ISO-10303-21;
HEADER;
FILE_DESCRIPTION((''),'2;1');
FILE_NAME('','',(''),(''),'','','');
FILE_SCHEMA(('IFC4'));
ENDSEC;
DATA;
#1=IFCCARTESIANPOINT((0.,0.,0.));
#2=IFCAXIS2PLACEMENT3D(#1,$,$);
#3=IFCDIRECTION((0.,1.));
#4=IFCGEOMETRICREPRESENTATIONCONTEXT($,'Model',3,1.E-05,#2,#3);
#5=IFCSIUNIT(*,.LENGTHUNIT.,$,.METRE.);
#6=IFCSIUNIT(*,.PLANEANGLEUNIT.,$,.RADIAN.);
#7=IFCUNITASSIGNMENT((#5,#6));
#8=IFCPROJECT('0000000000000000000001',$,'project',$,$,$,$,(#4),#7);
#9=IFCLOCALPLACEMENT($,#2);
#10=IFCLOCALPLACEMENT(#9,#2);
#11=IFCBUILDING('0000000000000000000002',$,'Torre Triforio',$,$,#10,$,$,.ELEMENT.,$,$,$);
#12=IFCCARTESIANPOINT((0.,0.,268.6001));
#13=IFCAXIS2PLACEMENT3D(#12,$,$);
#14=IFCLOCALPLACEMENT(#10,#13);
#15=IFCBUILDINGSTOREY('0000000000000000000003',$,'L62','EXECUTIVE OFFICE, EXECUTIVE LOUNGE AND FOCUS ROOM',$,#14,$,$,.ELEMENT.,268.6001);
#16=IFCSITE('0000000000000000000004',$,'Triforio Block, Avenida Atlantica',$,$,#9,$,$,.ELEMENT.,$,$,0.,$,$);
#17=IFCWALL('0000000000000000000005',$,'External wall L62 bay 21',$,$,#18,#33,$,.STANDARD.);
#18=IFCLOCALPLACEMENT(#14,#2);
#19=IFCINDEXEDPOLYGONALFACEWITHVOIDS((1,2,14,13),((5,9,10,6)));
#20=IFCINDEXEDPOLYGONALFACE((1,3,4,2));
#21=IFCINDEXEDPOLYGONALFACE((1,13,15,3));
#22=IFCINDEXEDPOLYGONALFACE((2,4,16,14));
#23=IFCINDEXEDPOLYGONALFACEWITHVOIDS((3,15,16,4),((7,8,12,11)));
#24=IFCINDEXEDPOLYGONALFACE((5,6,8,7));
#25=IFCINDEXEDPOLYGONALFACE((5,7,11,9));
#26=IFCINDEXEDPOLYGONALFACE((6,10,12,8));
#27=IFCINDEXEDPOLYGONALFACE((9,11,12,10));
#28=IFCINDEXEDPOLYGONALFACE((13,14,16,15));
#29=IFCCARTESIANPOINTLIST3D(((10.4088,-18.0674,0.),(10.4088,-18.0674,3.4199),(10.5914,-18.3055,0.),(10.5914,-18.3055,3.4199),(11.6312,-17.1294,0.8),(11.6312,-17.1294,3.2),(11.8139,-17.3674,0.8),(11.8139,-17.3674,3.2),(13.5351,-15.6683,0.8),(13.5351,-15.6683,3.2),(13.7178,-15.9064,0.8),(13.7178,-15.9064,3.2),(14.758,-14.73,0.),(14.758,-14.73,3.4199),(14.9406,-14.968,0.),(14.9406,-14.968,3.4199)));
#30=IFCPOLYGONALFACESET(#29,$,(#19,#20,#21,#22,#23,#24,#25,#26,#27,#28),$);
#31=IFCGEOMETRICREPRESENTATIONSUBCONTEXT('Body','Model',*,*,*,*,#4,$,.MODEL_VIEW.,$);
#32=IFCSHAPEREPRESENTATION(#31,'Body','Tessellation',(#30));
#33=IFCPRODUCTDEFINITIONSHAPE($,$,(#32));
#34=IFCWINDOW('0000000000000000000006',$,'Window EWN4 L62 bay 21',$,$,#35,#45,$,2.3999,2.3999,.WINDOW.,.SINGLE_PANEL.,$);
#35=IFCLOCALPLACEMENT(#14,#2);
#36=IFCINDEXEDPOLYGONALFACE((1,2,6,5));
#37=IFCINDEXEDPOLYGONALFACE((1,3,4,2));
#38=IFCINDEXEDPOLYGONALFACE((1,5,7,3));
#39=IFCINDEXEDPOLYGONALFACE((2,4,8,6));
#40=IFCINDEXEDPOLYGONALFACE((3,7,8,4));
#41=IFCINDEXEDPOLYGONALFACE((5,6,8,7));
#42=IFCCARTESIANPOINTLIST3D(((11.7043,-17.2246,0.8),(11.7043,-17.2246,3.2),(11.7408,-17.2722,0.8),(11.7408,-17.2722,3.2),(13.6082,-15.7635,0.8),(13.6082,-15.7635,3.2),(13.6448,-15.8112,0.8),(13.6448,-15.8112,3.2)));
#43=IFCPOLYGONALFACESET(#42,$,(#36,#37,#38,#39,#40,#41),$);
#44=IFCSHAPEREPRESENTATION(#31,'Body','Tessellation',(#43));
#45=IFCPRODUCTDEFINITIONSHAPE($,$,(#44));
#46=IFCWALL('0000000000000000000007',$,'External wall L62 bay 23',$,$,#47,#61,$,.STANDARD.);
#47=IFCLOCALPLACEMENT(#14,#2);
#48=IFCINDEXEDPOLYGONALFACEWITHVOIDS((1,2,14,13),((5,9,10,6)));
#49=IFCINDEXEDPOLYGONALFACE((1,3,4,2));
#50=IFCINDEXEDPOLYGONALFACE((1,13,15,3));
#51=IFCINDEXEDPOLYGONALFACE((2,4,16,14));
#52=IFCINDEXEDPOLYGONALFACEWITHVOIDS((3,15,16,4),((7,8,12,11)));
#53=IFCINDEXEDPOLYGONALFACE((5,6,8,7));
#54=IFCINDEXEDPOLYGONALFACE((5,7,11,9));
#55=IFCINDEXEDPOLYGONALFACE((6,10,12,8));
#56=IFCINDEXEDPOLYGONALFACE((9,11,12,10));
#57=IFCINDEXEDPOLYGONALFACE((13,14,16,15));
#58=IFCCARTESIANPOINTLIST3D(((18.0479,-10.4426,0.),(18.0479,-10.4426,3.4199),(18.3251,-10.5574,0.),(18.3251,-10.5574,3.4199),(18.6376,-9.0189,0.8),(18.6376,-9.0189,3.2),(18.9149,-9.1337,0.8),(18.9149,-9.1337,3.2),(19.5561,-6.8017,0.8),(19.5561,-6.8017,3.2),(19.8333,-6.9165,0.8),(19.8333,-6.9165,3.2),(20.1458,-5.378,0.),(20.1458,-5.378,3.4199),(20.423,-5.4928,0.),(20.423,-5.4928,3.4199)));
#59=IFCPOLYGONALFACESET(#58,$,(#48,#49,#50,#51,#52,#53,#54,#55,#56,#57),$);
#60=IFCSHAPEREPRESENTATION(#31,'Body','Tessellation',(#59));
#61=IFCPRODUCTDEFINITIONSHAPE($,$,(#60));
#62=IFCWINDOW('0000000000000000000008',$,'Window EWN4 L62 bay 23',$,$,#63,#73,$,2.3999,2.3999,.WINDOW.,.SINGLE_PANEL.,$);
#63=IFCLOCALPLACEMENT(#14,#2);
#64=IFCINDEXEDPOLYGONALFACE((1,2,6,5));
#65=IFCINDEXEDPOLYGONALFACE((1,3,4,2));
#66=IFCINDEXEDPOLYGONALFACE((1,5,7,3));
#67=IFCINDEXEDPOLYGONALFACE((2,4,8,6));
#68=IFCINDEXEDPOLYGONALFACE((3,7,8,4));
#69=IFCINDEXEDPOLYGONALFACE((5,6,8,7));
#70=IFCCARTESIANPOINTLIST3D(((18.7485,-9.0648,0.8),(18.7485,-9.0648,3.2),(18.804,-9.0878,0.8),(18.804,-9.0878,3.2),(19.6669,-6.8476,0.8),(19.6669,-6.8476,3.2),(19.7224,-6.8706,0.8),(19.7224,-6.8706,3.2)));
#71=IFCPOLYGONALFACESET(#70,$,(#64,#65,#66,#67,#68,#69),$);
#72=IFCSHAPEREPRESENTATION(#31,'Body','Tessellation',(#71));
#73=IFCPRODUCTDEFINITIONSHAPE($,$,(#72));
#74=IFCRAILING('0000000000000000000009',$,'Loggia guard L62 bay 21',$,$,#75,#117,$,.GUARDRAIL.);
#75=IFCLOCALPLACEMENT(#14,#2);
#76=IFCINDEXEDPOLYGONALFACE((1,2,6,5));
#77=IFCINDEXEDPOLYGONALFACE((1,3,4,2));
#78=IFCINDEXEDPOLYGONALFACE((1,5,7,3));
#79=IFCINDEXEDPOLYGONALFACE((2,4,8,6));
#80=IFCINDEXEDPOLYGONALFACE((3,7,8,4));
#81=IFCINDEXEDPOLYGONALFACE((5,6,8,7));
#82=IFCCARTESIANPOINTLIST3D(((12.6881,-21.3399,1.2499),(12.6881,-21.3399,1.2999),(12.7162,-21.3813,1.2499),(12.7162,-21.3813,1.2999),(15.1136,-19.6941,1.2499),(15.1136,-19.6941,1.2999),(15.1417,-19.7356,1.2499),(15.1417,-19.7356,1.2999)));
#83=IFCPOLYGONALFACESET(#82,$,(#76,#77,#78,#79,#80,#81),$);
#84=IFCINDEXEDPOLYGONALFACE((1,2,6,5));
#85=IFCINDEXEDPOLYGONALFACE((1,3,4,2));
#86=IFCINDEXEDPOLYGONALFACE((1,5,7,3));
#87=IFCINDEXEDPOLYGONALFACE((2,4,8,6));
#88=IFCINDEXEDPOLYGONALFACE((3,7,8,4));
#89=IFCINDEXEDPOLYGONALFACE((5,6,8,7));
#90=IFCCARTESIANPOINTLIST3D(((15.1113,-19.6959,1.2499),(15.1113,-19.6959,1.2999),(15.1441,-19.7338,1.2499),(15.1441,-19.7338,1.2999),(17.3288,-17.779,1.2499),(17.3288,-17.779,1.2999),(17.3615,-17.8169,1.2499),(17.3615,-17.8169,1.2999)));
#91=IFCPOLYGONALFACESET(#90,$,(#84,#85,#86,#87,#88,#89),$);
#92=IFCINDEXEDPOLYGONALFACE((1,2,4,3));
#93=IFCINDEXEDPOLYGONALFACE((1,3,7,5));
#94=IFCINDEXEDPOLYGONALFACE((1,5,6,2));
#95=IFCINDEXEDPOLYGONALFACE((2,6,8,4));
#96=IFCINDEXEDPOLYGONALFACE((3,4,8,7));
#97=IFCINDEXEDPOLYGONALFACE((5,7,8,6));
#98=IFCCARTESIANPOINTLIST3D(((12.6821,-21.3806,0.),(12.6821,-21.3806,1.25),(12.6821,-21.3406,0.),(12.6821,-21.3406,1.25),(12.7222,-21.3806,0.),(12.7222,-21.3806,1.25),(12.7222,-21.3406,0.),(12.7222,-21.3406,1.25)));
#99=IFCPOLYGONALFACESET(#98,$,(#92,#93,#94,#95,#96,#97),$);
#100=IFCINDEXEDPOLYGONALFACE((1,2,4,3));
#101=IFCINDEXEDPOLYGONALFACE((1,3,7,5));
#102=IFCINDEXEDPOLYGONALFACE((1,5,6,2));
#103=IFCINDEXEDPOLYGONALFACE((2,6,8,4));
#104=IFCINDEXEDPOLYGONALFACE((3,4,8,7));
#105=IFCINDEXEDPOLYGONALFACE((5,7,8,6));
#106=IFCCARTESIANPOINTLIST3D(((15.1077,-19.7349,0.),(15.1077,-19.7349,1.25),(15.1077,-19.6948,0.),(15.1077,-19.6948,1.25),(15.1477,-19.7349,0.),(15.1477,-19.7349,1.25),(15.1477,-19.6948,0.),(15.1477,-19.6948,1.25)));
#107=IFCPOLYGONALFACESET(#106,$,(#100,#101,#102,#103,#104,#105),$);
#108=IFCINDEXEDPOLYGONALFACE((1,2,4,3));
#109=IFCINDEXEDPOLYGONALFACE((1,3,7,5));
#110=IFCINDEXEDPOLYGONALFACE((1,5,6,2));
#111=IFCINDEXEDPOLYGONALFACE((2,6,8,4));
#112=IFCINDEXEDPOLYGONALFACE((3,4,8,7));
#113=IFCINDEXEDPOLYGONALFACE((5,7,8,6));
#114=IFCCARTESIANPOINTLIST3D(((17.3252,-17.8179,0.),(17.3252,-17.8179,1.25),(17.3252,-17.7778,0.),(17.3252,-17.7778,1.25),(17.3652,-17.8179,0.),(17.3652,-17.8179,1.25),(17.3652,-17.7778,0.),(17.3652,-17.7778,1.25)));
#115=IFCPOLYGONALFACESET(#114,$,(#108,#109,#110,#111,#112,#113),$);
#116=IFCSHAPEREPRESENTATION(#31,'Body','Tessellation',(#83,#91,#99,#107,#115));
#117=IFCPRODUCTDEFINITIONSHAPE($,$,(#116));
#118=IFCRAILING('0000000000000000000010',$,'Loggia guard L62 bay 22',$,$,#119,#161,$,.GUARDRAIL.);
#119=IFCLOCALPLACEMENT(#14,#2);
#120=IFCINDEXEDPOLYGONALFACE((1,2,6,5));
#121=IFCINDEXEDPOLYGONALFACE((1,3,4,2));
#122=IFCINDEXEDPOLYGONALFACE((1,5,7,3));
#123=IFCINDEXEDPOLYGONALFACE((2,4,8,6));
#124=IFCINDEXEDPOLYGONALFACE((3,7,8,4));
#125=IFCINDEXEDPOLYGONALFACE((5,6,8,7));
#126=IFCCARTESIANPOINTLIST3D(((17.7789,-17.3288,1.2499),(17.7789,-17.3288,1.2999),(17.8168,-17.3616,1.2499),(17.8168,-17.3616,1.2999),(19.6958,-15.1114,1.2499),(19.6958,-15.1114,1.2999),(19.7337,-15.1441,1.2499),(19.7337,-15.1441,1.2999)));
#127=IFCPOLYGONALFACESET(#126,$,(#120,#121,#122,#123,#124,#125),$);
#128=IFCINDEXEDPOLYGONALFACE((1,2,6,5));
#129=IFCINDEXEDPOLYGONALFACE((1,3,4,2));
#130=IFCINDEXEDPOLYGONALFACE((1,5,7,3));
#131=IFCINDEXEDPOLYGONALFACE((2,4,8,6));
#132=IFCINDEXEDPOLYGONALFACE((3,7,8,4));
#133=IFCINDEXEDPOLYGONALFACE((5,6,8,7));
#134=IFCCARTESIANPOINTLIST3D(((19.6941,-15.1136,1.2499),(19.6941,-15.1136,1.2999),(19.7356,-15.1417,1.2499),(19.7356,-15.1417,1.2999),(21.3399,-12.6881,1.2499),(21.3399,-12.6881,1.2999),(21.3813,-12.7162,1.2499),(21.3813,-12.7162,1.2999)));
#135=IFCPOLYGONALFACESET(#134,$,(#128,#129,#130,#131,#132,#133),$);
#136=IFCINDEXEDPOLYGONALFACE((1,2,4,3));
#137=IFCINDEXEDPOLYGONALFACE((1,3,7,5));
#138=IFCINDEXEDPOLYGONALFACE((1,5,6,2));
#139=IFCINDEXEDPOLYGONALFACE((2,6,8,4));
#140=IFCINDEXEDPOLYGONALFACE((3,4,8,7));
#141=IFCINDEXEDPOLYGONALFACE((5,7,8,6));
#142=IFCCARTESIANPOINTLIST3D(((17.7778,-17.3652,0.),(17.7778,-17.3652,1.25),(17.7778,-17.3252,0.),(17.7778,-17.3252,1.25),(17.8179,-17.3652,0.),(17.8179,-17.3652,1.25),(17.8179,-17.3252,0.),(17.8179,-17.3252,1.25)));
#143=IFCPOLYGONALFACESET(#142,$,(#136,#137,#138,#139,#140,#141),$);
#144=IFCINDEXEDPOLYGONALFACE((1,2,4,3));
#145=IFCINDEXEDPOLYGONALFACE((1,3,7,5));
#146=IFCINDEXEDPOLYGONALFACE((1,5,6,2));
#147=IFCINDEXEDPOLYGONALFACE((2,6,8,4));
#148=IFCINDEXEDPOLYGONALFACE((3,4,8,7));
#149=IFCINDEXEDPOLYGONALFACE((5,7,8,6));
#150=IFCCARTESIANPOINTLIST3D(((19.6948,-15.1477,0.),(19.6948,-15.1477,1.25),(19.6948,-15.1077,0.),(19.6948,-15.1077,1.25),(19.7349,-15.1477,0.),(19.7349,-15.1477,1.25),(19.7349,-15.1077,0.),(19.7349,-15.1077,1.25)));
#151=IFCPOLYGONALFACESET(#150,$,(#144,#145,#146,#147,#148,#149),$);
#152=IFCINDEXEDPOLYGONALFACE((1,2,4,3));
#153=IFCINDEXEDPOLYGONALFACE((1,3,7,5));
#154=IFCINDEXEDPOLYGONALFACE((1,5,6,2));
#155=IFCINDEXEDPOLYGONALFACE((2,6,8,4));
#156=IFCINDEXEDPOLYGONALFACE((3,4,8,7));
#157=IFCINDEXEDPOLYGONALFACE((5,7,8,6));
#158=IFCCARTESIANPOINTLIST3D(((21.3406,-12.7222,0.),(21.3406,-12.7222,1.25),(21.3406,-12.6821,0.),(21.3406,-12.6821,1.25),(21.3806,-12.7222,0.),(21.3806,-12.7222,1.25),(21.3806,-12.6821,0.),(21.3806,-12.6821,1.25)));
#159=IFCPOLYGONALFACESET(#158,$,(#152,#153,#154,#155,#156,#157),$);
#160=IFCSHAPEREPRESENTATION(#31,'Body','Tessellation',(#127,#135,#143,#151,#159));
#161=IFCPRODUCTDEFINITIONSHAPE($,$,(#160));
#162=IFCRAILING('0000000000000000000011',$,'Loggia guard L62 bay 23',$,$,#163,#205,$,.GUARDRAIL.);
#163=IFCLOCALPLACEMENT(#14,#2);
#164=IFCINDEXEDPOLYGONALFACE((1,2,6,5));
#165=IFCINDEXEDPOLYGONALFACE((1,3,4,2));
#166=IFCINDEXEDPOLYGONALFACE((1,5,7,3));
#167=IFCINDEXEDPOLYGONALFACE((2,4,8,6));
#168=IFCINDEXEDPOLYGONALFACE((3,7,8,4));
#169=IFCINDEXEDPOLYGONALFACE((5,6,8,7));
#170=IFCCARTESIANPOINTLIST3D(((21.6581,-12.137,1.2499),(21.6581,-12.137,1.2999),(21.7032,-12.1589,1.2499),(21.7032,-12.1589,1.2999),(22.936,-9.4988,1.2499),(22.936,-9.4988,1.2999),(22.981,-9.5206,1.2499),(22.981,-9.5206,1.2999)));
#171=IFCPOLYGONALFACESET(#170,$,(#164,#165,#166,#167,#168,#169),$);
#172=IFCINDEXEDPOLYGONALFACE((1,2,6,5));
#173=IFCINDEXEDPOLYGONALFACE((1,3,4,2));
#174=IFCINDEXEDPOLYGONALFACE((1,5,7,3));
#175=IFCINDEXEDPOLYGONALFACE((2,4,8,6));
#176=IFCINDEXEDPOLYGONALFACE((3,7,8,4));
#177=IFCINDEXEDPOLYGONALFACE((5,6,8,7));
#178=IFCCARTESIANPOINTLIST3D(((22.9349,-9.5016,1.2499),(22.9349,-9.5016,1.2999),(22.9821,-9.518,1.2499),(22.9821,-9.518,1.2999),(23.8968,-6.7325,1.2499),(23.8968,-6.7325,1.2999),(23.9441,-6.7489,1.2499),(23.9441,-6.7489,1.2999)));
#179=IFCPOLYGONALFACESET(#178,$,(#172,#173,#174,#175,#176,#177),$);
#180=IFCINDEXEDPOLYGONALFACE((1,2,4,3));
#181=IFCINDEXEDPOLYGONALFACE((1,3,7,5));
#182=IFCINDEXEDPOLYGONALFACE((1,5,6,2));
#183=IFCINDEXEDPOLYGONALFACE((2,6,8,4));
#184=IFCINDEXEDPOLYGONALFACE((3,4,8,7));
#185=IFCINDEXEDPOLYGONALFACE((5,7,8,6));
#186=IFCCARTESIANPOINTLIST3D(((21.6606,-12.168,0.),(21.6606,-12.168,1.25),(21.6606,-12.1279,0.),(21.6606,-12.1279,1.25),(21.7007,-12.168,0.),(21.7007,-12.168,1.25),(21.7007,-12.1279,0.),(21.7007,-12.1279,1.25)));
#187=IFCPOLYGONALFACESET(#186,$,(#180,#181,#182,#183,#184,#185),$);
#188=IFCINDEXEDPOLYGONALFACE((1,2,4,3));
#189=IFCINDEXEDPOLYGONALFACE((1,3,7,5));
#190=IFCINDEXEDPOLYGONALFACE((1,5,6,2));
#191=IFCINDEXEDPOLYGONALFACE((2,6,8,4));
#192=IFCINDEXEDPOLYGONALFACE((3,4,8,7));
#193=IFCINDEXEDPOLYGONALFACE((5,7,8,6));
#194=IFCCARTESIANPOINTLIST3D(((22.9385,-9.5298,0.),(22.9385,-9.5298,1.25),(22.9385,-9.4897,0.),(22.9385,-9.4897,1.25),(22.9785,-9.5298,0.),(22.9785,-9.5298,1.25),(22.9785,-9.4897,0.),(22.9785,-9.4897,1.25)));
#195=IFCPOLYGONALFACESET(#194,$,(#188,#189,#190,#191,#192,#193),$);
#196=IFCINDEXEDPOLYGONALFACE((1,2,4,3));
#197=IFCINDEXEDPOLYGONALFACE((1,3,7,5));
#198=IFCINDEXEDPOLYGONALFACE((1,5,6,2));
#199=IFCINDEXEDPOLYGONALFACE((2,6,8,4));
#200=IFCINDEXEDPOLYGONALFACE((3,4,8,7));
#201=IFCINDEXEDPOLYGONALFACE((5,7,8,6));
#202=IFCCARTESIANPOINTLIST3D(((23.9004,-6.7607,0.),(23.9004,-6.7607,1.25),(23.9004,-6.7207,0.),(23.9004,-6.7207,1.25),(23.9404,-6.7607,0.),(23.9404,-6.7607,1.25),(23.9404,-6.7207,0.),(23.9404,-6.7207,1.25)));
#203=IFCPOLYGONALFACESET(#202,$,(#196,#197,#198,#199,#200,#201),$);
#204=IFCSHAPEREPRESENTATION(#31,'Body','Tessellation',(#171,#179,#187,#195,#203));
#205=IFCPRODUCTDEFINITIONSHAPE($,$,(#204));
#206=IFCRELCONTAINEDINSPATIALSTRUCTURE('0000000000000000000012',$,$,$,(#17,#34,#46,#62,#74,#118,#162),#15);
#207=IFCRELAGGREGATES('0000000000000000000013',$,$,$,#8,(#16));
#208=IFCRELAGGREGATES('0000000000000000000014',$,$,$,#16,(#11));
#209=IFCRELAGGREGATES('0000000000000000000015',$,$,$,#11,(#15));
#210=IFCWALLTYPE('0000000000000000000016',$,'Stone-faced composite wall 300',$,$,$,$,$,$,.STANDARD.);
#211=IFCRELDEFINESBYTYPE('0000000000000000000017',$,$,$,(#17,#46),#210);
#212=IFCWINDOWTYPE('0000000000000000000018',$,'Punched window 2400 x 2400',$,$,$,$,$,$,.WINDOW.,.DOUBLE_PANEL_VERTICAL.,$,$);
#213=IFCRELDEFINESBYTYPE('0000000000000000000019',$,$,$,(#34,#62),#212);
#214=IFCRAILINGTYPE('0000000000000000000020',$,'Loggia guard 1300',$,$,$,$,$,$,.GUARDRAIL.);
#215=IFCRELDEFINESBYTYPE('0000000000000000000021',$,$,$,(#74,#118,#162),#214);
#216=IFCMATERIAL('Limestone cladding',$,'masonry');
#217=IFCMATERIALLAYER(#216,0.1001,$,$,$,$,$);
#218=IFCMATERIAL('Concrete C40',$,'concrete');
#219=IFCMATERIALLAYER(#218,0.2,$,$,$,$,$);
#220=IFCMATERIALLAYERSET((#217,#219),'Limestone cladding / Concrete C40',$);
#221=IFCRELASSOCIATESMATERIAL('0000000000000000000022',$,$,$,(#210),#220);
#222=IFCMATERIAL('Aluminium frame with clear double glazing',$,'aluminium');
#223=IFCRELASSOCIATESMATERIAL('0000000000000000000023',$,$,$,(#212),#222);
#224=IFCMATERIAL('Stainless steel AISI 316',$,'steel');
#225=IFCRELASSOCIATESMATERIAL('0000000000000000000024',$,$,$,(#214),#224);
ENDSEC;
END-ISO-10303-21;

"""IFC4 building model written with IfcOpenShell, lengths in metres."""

from ifc_helpers import new_model, si_unit, direction, frame, frame_2d, origin, origin_2d, place, context, subcontext, project, spatial, rectangle, extrude, material, layer, layer_set, type_object, element, fill, save


model = new_model("IFC4")

# Units and contexts
model_context = context("Model", 3, precision=1e-05, world=origin(), true_north=direction((0.0, 1.0)))
body_context = subcontext(model_context, "Body", "Model", "MODEL_VIEW")
ifc_project = project(units=[si_unit("LENGTHUNIT", "METRE"), si_unit("PLANEANGLEUNIT", "RADIAN")], contexts=[model_context])

# Site, building, storey
site_placement = place(None, origin())
site = spatial("IfcSite", under=ifc_project, at=site_placement, Name="Triforio Block, Avenida Atlantica", CompositionType="ELEMENT", RefElevation=0.0)
building_placement = place(site_placement, origin())
building = spatial("IfcBuilding", under=site, at=building_placement, Name="Torre Triforio", CompositionType="ELEMENT")
storey_placement = place(building_placement, frame((0.0, 0.0, 268.6001)))
storey = spatial("IfcBuildingStorey", under=building, at=storey_placement, Name="L62", Description="EXECUTIVE OFFICE, EXECUTIVE LOUNGE AND FOCUS ROOM", CompositionType="ELEMENT", Elevation=268.6001)

# Shared definitions
ifc_material_1 = material(Name="Concrete C40", Category="concrete")

# Shared definitions
ifc_material_2 = material(Name="Limestone cladding", Category="masonry")

# Wall, opening, window
ifc_layer_1 = layer(ifc_material_2, 0.1001)
ifc_layer_2 = layer(ifc_material_1, 0.2)
ifc_layer_set_1 = layer_set([ifc_layer_1, ifc_layer_2], Name="Limestone cladding / Concrete C40")
wall_type_1 = type_object("IfcWallType", Name="Stone-faced composite wall 300", PredefinedType="STANDARD", material=ifc_layer_set_1)
wall_1_placement = place(storey_placement, frame((10.5, -18.1865, 0.0), z_axis=(0.0, 0.0, 1.0), x_axis=(0.793335, 0.608785, 0.0)))
wall_1 = element("IfcWall", 1, at=wall_1_placement, inside=storey, type_object=wall_type_1, Name="External wall L62 bay 21", PredefinedType="STANDARD", context=body_context, shape_type="SweptSolid", body=[
    extrude(rectangle(XDim=5.4822, YDim=0.3, at=frame_2d((2.7412, 0.0))), origin(), (0.0, 0.0, 1.0), 3.4199),
])
opening_1_placement = place(wall_1_placement, frame((1.541, 0.0, 0.8)))
opening_1 = element("IfcOpeningElement", 2, at=opening_1_placement, cuts=wall_1, PredefinedType="OPENING", context=body_context, shape_type="SweptSolid", body=[
    extrude(rectangle(XDim=2.3999, YDim=2.3999, at=frame_2d((1.2, 1.2))), frame((0.0, 0.1599, 0.0), z_axis=(0.0, -1.0, 0.0), x_axis=(1.0, 0.0, 0.0)), (0.0, 0.0, 1.0), 0.3201),
])
ifc_material_3 = material(Name="Aluminium frame with clear double glazing", Category="aluminium")
window_type_1 = type_object("IfcWindowType", Name="Punched window 2400 x 2400", PartitioningType="DOUBLE_PANEL_VERTICAL", PredefinedType="WINDOW", material=ifc_material_3)
window_1_placement = place(opening_1_placement, origin())
window_1 = element("IfcWindow", 3, at=window_1_placement, inside=storey, type_object=window_type_1, Name="Window EWN4 L62 bay 21", OverallHeight=2.3999, OverallWidth=2.3999, PartitioningType="SINGLE_PANEL", PredefinedType="WINDOW", context=body_context, shape_type="SweptSolid", body=[
    extrude(rectangle(XDim=2.3999, YDim=2.3999, at=frame_2d((1.2, 1.2))), frame((0.0, 0.03, 0.0), z_axis=(0.0, -1.0, 0.0), x_axis=(1.0, 0.0, 0.0)), (0.0, 0.0, 1.0), 0.0601),
])
fill(opening_1, window_1)

# Wall, opening, window
wall_2_placement = place(storey_placement, frame((18.1865, -10.5, 0.0), z_axis=(0.0, 0.0, 1.0), x_axis=(0.382689, 0.923877, 0.0)))
wall_2 = element("IfcWall", 4, at=wall_2_placement, inside=storey, type_object=wall_type_1, Name="External wall L62 bay 23", PredefinedType="STANDARD", context=body_context, shape_type="SweptSolid", body=[
    extrude(rectangle(XDim=5.4819, YDim=0.3, at=frame_2d((2.741, 0.0))), origin(), (0.0, 0.0, 1.0), 3.4199),
])
opening_2_placement = place(wall_2_placement, frame((1.541, 0.0, 0.8)))
opening_2 = element("IfcOpeningElement", 5, at=opening_2_placement, cuts=wall_2, PredefinedType="OPENING", context=body_context, shape_type="SweptSolid", body=[
    extrude(rectangle(XDim=2.3999, YDim=2.3999, at=frame_2d((1.2, 1.2))), frame((0.0, 0.1599, 0.0), z_axis=(0.0, -1.0, 0.0), x_axis=(1.0, 0.0, 0.0)), (0.0, 0.0, 1.0), 0.3201),
])
window_2_placement = place(opening_2_placement, origin())
window_2 = element("IfcWindow", 6, at=window_2_placement, inside=storey, type_object=window_type_1, Name="Window EWN4 L62 bay 23", OverallHeight=2.3999, OverallWidth=2.3999, PartitioningType="SINGLE_PANEL", PredefinedType="WINDOW", context=body_context, shape_type="SweptSolid", body=[
    extrude(rectangle(XDim=2.3999, YDim=2.3999, at=frame_2d((1.2, 1.2))), frame((0.0, 0.03, 0.0), z_axis=(0.0, -1.0, 0.0), x_axis=(1.0, 0.0, 0.0)), (0.0, 0.0, 1.0), 0.0601),
])
fill(opening_2, window_2)

# Railings
ifc_material_4 = material(Name="Stainless steel AISI 316", Category="steel")
railing_type = type_object("IfcRailingType", Name="Loggia guard 1300", PredefinedType="GUARDRAIL", material=ifc_material_4)
railing_1_placement = place(storey_placement, frame((12.7021, -21.3606, 0.0)))
element("IfcRailing", 7, at=railing_1_placement, inside=storey, type_object=railing_type, Name="Loggia guard L62 bay 21", PredefinedType="GUARDRAIL", context=body_context, shape_type="SweptSolid", body=[
    extrude(rectangle(XDim=0.05, YDim=0.05, at=origin_2d()), frame((0.0, 0.0, 1.2749), z_axis=(0.827499, 0.561467, 0.0), x_axis=(-0.561467, 0.827499, 0.0)), (0.0, 0.0, 1.0), 2.9312),
    extrude(rectangle(XDim=0.05, YDim=0.05, at=origin_2d()), frame((2.4255, 1.6458, 1.2749), z_axis=(0.75651, 0.653982, 0.0), x_axis=(-0.653982, 0.75651, 0.0)), (0.0, 0.0, 1.0), 2.9312),
    extrude(rectangle(XDim=0.04, YDim=0.04, at=origin_2d()), origin(), (0.0, 0.0, 1.0), 1.25),
    extrude(rectangle(XDim=0.04, YDim=0.04, at=origin_2d()), frame((2.4255, 1.6458, 0.0)), (0.0, 0.0, 1.0), 1.25),
    extrude(rectangle(XDim=0.04, YDim=0.04, at=origin_2d()), frame((4.6431, 3.5627, 0.0)), (0.0, 0.0, 1.0), 1.25),
])
railing_2_placement = place(storey_placement, frame((17.7979, -17.3452, 0.0)))
element("IfcRailing", 8, at=railing_2_placement, inside=storey, type_object=railing_type, Name="Loggia guard L62 bay 22", PredefinedType="GUARDRAIL", context=body_context, shape_type="SweptSolid", body=[
    extrude(rectangle(XDim=0.05, YDim=0.05, at=origin_2d()), frame((0.0, 0.0, 1.2749), z_axis=(0.653982, 0.75651, 0.0), x_axis=(-0.75651, 0.653982, 0.0)), (0.0, 0.0, 1.0), 2.9312),
    extrude(rectangle(XDim=0.05, YDim=0.05, at=origin_2d()), frame((1.917, 2.2175, 1.2749), z_axis=(0.561467, 0.827499, 0.0), x_axis=(-0.827499, 0.561467, 0.0)), (0.0, 0.0, 1.0), 2.9312),
    extrude(rectangle(XDim=0.04, YDim=0.04, at=origin_2d()), origin(), (0.0, 0.0, 1.0), 1.25),
    extrude(rectangle(XDim=0.04, YDim=0.04, at=origin_2d()), frame((1.917, 2.2175, 0.0)), (0.0, 0.0, 1.0), 1.25),
    extrude(rectangle(XDim=0.04, YDim=0.04, at=origin_2d()), frame((3.5627, 4.6431, 0.0)), (0.0, 0.0, 1.0), 1.25),
])
railing_3_placement = place(storey_placement, frame((21.6807, -12.1479, 0.0)))
element("IfcRailing", 9, at=railing_3_placement, inside=storey, type_object=railing_type, Name="Loggia guard L62 bay 23", PredefinedType="GUARDRAIL", context=body_context, shape_type="SweptSolid", body=[
    extrude(rectangle(XDim=0.05, YDim=0.05, at=origin_2d()), frame((0.0, 0.0, 1.2749), z_axis=(0.435918, 0.899986, 0.0), x_axis=(-0.899986, 0.435918, 0.0)), (0.0, 0.0, 1.0), 2.9314),
    extrude(rectangle(XDim=0.05, YDim=0.05, at=origin_2d()), frame((1.2778, 2.6382, 1.2749), z_axis=(0.328146, 0.944627, 0.0), x_axis=(-0.944627, 0.328146, 0.0)), (0.0, 0.0, 1.0), 2.9314),
    extrude(rectangle(XDim=0.04, YDim=0.04, at=origin_2d()), origin(), (0.0, 0.0, 1.0), 1.25),
    extrude(rectangle(XDim=0.04, YDim=0.04, at=origin_2d()), frame((1.2778, 2.6382, 0.0)), (0.0, 0.0, 1.0), 1.25),
    extrude(rectangle(XDim=0.04, YDim=0.04, at=origin_2d()), frame((2.2397, 5.4072, 0.0)), (0.0, 0.0, 1.0), 1.25),
])

save(model, "model.ifc")
